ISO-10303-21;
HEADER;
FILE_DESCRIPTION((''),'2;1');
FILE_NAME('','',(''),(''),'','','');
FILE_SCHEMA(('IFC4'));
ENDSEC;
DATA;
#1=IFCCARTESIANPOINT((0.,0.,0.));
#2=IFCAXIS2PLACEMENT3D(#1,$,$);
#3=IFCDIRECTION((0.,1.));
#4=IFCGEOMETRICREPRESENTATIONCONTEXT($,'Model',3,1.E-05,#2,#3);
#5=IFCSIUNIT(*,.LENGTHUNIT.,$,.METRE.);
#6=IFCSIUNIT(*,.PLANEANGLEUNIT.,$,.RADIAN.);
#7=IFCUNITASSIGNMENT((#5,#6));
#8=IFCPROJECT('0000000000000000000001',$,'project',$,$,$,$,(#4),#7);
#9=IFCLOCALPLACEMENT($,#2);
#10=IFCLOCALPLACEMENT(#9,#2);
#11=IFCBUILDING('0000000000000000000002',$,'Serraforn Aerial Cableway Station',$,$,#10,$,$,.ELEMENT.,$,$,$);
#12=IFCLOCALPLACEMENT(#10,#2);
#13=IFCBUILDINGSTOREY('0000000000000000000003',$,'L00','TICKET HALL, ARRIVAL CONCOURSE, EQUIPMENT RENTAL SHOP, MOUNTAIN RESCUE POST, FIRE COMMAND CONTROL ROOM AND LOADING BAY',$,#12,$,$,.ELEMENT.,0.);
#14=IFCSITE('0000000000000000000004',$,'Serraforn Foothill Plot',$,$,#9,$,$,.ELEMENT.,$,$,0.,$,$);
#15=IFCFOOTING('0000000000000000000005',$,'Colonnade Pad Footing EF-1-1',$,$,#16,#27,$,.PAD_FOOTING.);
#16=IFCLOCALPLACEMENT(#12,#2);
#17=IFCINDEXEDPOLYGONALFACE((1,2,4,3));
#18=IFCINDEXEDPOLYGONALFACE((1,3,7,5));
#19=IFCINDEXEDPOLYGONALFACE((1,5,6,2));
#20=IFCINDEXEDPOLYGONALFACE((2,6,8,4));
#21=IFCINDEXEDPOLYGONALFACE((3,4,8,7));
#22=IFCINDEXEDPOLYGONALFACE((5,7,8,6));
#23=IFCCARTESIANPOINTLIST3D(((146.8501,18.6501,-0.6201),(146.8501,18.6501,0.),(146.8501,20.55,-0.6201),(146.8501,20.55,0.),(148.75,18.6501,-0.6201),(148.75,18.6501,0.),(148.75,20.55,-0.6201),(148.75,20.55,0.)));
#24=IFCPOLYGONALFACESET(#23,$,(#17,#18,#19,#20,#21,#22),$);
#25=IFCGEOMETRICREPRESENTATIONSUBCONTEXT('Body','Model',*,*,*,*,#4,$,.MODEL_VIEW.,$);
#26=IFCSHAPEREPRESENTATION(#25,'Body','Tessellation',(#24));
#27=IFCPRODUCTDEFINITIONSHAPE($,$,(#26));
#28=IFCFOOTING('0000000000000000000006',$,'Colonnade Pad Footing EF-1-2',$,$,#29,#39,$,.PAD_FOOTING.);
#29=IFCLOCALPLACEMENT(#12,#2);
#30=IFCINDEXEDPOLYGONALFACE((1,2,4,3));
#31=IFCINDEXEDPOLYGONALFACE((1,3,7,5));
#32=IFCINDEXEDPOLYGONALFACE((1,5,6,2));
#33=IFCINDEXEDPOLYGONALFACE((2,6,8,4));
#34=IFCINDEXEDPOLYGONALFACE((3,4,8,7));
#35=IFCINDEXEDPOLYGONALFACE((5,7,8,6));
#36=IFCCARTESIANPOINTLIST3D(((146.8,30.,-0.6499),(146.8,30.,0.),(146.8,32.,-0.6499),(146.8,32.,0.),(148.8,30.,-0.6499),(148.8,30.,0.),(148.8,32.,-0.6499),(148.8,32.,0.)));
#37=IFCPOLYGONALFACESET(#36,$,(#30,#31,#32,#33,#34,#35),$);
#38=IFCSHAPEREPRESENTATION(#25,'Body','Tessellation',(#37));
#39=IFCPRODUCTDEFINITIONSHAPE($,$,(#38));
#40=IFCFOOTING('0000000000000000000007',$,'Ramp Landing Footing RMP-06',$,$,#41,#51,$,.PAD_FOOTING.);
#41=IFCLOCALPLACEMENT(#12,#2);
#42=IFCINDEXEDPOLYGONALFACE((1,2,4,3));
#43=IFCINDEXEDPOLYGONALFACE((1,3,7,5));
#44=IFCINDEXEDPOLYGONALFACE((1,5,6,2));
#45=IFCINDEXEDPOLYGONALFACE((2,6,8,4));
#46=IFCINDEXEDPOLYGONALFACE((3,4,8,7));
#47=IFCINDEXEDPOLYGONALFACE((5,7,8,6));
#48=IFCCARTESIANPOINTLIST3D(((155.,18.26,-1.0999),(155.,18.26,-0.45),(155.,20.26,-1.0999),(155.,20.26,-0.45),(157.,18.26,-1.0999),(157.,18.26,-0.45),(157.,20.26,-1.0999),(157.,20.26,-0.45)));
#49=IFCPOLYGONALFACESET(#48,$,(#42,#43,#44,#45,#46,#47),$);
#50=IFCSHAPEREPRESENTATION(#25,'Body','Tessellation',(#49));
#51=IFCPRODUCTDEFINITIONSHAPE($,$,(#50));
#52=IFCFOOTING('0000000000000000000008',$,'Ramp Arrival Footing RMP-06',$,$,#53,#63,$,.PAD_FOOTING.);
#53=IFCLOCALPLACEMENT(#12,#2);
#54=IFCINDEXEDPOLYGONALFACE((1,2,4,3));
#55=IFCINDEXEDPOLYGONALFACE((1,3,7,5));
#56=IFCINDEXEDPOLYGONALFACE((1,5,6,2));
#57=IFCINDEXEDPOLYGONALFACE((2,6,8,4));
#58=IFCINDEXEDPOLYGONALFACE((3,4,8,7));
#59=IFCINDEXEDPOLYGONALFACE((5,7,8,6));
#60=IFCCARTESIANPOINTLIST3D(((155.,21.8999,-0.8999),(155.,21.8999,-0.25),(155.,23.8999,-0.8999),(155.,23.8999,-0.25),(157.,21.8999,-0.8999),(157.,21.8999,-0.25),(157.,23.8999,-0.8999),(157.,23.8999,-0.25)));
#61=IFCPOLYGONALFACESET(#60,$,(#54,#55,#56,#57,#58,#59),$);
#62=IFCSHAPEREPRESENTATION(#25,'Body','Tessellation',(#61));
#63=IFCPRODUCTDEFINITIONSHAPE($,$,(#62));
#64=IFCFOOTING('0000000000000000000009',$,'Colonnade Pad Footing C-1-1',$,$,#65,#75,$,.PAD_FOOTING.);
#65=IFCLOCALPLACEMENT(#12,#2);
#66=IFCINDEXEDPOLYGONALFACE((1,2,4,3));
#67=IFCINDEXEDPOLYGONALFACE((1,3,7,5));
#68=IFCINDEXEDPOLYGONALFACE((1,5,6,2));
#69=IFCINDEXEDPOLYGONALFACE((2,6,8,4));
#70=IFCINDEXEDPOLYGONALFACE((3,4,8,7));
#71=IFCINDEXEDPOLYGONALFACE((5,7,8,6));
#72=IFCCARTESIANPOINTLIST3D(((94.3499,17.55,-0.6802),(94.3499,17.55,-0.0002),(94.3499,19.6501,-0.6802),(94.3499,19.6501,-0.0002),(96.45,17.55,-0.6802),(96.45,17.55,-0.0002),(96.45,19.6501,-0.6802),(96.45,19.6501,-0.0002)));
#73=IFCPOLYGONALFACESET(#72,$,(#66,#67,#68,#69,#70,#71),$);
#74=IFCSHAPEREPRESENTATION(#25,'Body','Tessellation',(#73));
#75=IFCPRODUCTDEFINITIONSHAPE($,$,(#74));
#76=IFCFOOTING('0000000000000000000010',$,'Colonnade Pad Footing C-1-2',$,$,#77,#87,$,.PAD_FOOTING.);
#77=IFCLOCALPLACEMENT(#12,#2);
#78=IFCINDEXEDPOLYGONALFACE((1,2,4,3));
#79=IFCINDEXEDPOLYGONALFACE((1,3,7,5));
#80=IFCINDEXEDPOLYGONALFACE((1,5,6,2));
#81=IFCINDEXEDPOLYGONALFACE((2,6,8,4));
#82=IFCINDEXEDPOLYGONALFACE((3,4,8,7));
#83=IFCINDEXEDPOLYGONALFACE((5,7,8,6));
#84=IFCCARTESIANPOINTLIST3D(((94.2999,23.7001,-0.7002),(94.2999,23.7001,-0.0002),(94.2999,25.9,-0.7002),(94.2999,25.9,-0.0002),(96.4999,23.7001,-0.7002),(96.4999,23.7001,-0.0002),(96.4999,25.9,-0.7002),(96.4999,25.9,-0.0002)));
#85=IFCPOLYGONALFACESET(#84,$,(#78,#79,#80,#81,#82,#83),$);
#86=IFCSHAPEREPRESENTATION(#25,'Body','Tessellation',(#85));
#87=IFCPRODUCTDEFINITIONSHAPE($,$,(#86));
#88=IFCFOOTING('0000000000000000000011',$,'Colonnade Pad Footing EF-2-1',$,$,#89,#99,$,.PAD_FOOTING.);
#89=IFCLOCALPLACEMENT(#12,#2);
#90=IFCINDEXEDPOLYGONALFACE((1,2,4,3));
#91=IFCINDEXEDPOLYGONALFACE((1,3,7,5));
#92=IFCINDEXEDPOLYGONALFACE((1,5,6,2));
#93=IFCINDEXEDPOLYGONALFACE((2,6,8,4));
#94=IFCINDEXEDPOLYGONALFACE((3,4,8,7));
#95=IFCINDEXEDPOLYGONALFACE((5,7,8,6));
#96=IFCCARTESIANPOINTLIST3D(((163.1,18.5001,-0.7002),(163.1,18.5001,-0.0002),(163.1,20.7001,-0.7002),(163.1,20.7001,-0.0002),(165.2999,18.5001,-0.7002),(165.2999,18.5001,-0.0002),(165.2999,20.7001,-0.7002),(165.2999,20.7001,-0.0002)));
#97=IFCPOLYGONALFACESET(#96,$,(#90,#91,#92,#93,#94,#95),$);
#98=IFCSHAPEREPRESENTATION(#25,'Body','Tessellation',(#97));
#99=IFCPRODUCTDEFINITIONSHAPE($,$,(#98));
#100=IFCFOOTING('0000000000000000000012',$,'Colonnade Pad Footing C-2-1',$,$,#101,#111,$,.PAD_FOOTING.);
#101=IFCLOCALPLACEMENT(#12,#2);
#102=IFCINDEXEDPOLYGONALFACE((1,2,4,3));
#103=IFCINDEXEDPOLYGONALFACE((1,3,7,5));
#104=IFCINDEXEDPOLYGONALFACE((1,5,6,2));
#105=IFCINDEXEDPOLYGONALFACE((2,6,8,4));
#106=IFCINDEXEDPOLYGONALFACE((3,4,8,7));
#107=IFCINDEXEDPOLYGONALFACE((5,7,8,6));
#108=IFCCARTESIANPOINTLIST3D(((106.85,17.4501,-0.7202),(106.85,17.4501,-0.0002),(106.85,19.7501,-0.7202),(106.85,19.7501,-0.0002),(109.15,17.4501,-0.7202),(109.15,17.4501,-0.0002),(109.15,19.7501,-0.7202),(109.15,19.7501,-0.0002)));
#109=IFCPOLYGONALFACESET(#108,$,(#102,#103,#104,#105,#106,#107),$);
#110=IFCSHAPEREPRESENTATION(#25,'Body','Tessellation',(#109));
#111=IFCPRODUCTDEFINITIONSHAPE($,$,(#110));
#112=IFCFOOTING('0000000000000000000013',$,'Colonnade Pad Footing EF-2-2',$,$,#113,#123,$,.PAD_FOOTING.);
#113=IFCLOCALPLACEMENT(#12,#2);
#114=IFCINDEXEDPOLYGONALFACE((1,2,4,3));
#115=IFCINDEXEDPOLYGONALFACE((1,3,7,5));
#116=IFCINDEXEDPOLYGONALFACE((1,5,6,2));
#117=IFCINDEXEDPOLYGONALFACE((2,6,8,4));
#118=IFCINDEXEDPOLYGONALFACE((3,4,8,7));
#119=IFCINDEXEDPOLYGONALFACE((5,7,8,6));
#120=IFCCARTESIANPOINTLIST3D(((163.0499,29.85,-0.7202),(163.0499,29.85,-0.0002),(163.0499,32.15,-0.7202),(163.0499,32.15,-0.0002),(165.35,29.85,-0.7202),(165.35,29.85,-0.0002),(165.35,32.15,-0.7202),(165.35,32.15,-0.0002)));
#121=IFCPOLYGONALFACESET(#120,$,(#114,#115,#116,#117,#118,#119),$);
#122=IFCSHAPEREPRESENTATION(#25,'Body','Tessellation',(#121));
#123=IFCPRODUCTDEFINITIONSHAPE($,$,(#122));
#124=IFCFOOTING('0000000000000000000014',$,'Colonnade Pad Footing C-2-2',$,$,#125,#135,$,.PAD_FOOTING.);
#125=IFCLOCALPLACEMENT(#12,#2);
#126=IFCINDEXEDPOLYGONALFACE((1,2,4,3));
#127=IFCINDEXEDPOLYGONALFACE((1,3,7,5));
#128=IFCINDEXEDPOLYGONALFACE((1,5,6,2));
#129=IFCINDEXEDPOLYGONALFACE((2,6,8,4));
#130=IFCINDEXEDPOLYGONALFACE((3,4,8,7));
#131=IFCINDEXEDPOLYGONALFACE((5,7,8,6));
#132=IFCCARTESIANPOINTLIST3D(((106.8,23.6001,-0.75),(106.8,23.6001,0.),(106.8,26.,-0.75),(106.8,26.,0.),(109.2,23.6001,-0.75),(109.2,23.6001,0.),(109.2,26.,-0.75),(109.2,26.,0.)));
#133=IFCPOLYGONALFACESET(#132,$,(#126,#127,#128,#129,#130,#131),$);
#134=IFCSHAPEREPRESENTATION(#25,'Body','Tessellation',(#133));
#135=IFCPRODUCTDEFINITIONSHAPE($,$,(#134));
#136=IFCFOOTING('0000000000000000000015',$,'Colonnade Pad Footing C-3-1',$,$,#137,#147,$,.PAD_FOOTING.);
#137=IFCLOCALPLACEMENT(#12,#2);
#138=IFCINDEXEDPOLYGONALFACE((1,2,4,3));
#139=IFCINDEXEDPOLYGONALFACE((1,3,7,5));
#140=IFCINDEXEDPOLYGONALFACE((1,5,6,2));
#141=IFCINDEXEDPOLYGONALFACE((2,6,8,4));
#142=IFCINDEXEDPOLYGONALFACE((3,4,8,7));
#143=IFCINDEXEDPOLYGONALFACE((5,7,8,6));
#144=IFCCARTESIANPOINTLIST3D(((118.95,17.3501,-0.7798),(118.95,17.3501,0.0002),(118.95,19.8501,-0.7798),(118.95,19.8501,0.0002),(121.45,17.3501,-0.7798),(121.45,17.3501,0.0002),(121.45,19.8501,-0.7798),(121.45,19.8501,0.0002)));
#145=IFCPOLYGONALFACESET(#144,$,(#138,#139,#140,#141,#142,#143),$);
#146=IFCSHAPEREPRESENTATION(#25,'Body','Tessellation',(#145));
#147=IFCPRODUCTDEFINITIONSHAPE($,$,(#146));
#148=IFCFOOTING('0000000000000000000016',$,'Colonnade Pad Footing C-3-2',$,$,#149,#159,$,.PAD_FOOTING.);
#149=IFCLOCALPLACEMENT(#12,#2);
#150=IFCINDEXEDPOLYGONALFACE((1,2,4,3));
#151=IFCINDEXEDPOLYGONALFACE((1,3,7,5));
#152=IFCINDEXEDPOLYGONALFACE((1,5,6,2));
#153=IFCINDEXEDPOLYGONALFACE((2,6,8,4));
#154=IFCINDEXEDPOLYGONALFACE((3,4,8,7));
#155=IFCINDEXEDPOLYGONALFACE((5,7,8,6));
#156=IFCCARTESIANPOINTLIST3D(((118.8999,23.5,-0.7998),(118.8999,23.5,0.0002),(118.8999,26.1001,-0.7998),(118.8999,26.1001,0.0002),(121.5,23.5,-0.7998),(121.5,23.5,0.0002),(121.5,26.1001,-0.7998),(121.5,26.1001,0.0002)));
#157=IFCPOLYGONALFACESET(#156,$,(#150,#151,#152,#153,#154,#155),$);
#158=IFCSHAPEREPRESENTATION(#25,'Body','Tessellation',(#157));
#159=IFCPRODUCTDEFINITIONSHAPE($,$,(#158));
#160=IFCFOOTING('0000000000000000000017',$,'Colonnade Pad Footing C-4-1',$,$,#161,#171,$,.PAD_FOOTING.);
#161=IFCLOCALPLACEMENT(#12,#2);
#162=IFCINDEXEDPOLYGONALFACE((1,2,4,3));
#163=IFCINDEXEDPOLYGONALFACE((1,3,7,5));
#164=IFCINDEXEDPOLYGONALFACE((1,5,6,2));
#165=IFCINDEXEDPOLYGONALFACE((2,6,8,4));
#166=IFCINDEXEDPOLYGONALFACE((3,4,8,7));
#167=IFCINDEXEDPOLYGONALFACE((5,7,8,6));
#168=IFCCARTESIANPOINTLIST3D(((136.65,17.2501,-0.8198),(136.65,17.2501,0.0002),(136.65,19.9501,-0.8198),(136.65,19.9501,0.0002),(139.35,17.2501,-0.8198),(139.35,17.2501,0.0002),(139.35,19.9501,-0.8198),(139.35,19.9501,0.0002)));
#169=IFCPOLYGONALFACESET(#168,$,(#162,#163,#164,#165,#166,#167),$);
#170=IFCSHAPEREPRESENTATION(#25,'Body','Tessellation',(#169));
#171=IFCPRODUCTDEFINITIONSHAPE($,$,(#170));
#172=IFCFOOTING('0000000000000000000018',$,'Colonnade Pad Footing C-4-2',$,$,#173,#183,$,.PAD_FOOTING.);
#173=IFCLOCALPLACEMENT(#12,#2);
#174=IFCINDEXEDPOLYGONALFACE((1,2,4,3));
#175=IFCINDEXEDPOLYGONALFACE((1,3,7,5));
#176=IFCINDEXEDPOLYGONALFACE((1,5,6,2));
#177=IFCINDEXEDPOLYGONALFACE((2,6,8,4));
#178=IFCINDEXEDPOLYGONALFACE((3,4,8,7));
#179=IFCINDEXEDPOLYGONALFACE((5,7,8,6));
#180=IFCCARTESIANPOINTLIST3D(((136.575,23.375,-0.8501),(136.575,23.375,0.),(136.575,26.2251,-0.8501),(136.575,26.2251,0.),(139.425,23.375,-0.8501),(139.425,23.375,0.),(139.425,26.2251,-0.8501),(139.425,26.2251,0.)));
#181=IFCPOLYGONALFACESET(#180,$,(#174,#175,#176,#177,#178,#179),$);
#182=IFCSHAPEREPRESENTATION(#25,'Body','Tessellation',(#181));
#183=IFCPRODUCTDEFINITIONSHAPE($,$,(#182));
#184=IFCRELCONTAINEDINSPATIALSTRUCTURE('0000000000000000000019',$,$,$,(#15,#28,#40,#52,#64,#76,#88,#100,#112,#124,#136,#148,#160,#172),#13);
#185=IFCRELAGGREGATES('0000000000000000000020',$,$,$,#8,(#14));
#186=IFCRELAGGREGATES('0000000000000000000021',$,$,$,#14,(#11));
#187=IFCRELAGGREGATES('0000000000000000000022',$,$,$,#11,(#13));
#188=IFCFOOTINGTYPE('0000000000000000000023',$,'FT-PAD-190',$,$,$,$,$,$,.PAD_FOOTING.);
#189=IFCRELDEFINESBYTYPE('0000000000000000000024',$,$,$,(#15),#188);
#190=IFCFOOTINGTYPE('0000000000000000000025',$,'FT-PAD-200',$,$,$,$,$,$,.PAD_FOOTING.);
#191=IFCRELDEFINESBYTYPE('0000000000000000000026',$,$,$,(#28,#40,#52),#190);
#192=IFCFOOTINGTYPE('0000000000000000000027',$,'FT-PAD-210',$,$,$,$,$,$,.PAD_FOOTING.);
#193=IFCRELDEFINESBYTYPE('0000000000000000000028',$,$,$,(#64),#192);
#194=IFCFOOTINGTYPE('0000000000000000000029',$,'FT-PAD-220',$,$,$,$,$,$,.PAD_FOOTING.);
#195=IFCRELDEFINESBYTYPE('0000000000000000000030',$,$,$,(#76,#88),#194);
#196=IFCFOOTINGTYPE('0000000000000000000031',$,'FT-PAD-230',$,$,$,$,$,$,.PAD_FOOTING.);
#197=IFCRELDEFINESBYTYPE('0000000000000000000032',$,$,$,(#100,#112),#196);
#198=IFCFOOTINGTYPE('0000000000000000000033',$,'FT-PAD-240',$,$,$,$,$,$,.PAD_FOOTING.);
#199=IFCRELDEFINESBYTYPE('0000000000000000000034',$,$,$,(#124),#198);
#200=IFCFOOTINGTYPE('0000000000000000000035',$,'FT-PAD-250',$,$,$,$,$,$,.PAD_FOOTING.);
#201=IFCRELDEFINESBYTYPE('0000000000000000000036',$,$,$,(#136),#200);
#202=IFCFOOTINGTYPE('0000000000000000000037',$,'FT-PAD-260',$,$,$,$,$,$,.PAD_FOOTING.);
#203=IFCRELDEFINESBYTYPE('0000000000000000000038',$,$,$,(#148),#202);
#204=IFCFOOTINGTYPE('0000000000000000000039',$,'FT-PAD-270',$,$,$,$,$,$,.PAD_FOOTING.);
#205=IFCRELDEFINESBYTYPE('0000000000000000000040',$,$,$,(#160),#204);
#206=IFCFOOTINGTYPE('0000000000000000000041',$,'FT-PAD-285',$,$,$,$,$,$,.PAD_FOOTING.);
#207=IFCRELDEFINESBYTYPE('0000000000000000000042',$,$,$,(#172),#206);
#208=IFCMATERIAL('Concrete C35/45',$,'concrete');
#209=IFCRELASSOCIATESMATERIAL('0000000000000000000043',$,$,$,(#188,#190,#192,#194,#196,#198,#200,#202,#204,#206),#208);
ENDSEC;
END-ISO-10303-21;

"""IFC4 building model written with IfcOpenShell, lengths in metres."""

from ifc_helpers import new_model, si_unit, direction, frame, origin, origin_2d, place, context, subcontext, project, spatial, rectangle, extrude, material, type_object, element, save


model = new_model("IFC4")

# Units and contexts
model_context = context("Model", 3, precision=1e-05, world=origin(), true_north=direction((0.0, 1.0)))
body_context = subcontext(model_context, "Body", "Model", "MODEL_VIEW")
ifc_project = project(units=[si_unit("LENGTHUNIT", "METRE"), si_unit("PLANEANGLEUNIT", "RADIAN")], contexts=[model_context])

# Site, building, storey
site_placement = place(None, origin())
site = spatial("IfcSite", under=ifc_project, at=site_placement, Name="Serraforn Foothill Plot", CompositionType="ELEMENT", RefElevation=0.0)
building_placement = place(site_placement, origin())
building = spatial("IfcBuilding", under=site, at=building_placement, Name="Serraforn Aerial Cableway Station", CompositionType="ELEMENT")
storey_placement = place(building_placement, origin())
storey = spatial("IfcBuildingStorey", under=building, at=storey_placement, Name="L00", Description="TICKET HALL, ARRIVAL CONCOURSE, EQUIPMENT RENTAL SHOP, MOUNTAIN RESCUE POST, FIRE COMMAND CONTROL ROOM AND LOADING BAY", CompositionType="ELEMENT", Elevation=0.0)

# Footings
ifc_material_1 = material(Name="Concrete C35/45", Category="concrete")
footing_type_1 = type_object("IfcFootingType", Name="FT-PAD-190", PredefinedType="PAD_FOOTING", material=ifc_material_1)
footing_1_placement = place(storey_placement, frame((147.8, 19.6001, -0.6201), z_axis=(0.0, 0.0, 1.0), x_axis=(1.0, 0.0, 0.0)))
element("IfcFooting", 1, at=footing_1_placement, inside=storey, type_object=footing_type_1, Name="Colonnade Pad Footing EF-1-1", PredefinedType="PAD_FOOTING", context=body_context, shape_type="SweptSolid", body=[
    extrude(rectangle(XDim=1.8999, YDim=1.8999, at=origin_2d()), origin(), (0.0, 0.0, 1.0), 0.6201),
])
footing_type_2 = type_object("IfcFootingType", Name="FT-PAD-200", PredefinedType="PAD_FOOTING", material=ifc_material_1)
for number, where, z_axis, x_axis, name in (
    (2, (147.8, 31.0, -0.6499), (0.0, 0.0, 1.0), (1.0, 0.0, 0.0), "Colonnade Pad Footing EF-1-2"),
    (3, (156.0, 19.26, -1.0999), (0.0, 0.0, 1.0), (1.0, 0.0, 0.0), "Ramp Landing Footing RMP-06"),
    (4, (156.0, 22.8999, -0.8999), (0.0, 0.0, 1.0), (1.0, 0.0, 0.0), "Ramp Arrival Footing RMP-06"),
):
    element("IfcFooting", number, at=place(storey_placement, frame(where, z_axis=z_axis, x_axis=x_axis)), inside=storey, type_object=footing_type_2, Name=name, PredefinedType="PAD_FOOTING", context=body_context, shape_type="SweptSolid", body=[
        extrude(rectangle(XDim=2.0, YDim=2.0, at=origin_2d()), origin(), (0.0, 0.0, 1.0), 0.6499),
    ])
footing_type_3 = type_object("IfcFootingType", Name="FT-PAD-210", PredefinedType="PAD_FOOTING", material=ifc_material_1)
footing_2_placement = place(storey_placement, frame((95.3999, 18.6001, -0.6802), z_axis=(0.0, 0.0, 1.0), x_axis=(1.0, 0.0, 0.0)))
element("IfcFooting", 5, at=footing_2_placement, inside=storey, type_object=footing_type_3, Name="Colonnade Pad Footing C-1-1", PredefinedType="PAD_FOOTING", context=body_context, shape_type="SweptSolid", body=[
    extrude(rectangle(XDim=2.1001, YDim=2.1001, at=origin_2d()), origin(), (0.0, 0.0, 1.0), 0.6799),
])
footing_type_4 = type_object("IfcFootingType", Name="FT-PAD-220", PredefinedType="PAD_FOOTING", material=ifc_material_1)
for number, where, z_axis, x_axis, name in (
    (6, (95.3999, 24.8, -0.7002), (0.0, 0.0, 1.0), (1.0, 0.0, 0.0), "Colonnade Pad Footing C-1-2"),
    (7, (164.2, 19.6001, -0.7002), (0.0, 0.0, 1.0), (1.0, 0.0, 0.0), "Colonnade Pad Footing EF-2-1"),
):
    element("IfcFooting", number, at=place(storey_placement, frame(where, z_axis=z_axis, x_axis=x_axis)), inside=storey, type_object=footing_type_4, Name=name, PredefinedType="PAD_FOOTING", context=body_context, shape_type="SweptSolid", body=[
        extrude(rectangle(XDim=2.2, YDim=2.2, at=origin_2d()), origin(), (0.0, 0.0, 1.0), 0.7),
    ])
footing_type_5 = type_object("IfcFootingType", Name="FT-PAD-230", PredefinedType="PAD_FOOTING", material=ifc_material_1)
for number, where, z_axis, x_axis, name in (
    (8, (108.0, 18.6001, -0.7202), (0.0, 0.0, 1.0), (1.0, 0.0, 0.0), "Colonnade Pad Footing C-2-1"),
    (9, (164.2, 31.0, -0.7202), (0.0, 0.0, 1.0), (1.0, 0.0, 0.0), "Colonnade Pad Footing EF-2-2"),
):
    element("IfcFooting", number, at=place(storey_placement, frame(where, z_axis=z_axis, x_axis=x_axis)), inside=storey, type_object=footing_type_5, Name=name, PredefinedType="PAD_FOOTING", context=body_context, shape_type="SweptSolid", body=[
        extrude(rectangle(XDim=2.3, YDim=2.3, at=origin_2d()), origin(), (0.0, 0.0, 1.0), 0.72),
    ])
footing_type_6 = type_object("IfcFootingType", Name="FT-PAD-240", PredefinedType="PAD_FOOTING", material=ifc_material_1)
footing_3_placement = place(storey_placement, frame((108.0, 24.8, -0.75), z_axis=(0.0, 0.0, 1.0), x_axis=(1.0, 0.0, 0.0)))
element("IfcFooting", 10, at=footing_3_placement, inside=storey, type_object=footing_type_6, Name="Colonnade Pad Footing C-2-2", PredefinedType="PAD_FOOTING", context=body_context, shape_type="SweptSolid", body=[
    extrude(rectangle(XDim=2.3999, YDim=2.3999, at=origin_2d()), origin(), (0.0, 0.0, 1.0), 0.75),
])
footing_type_7 = type_object("IfcFootingType", Name="FT-PAD-250", PredefinedType="PAD_FOOTING", material=ifc_material_1)
footing_4_placement = place(storey_placement, frame((120.2, 18.6001, -0.7798), z_axis=(0.0, 0.0, 1.0), x_axis=(1.0, 0.0, 0.0)))
element("IfcFooting", 11, at=footing_4_placement, inside=storey, type_object=footing_type_7, Name="Colonnade Pad Footing C-3-1", PredefinedType="PAD_FOOTING", context=body_context, shape_type="SweptSolid", body=[
    extrude(rectangle(XDim=2.5, YDim=2.5, at=origin_2d()), origin(), (0.0, 0.0, 1.0), 0.78),
])
footing_type_8 = type_object("IfcFootingType", Name="FT-PAD-260", PredefinedType="PAD_FOOTING", material=ifc_material_1)
footing_5_placement = place(storey_placement, frame((120.2, 24.8, -0.7998), z_axis=(0.0, 0.0, 1.0), x_axis=(1.0, 0.0, 0.0)))
element("IfcFooting", 12, at=footing_5_placement, inside=storey, type_object=footing_type_8, Name="Colonnade Pad Footing C-3-2", PredefinedType="PAD_FOOTING", context=body_context, shape_type="SweptSolid", body=[
    extrude(rectangle(XDim=2.6001, YDim=2.6001, at=origin_2d()), origin(), (0.0, 0.0, 1.0), 0.8),
])
footing_type_9 = type_object("IfcFootingType", Name="FT-PAD-270", PredefinedType="PAD_FOOTING", material=ifc_material_1)
footing_6_placement = place(storey_placement, frame((138.0, 18.6001, -0.8198), z_axis=(0.0, 0.0, 1.0), x_axis=(1.0, 0.0, 0.0)))
element("IfcFooting", 13, at=footing_6_placement, inside=storey, type_object=footing_type_9, Name="Colonnade Pad Footing C-4-1", PredefinedType="PAD_FOOTING", context=body_context, shape_type="SweptSolid", body=[
    extrude(rectangle(XDim=2.7, YDim=2.7, at=origin_2d()), origin(), (0.0, 0.0, 1.0), 0.8201),
])
footing_type_10 = type_object("IfcFootingType", Name="FT-PAD-285", PredefinedType="PAD_FOOTING", material=ifc_material_1)
footing_7_placement = place(storey_placement, frame((138.0, 24.8, -0.8501), z_axis=(0.0, 0.0, 1.0), x_axis=(1.0, 0.0, 0.0)))
element("IfcFooting", 14, at=footing_7_placement, inside=storey, type_object=footing_type_10, Name="Colonnade Pad Footing C-4-2", PredefinedType="PAD_FOOTING", context=body_context, shape_type="SweptSolid", body=[
    extrude(rectangle(XDim=2.8501, YDim=2.8501, at=origin_2d()), origin(), (0.0, 0.0, 1.0), 0.8501),
])

save(model, "model.ifc")
